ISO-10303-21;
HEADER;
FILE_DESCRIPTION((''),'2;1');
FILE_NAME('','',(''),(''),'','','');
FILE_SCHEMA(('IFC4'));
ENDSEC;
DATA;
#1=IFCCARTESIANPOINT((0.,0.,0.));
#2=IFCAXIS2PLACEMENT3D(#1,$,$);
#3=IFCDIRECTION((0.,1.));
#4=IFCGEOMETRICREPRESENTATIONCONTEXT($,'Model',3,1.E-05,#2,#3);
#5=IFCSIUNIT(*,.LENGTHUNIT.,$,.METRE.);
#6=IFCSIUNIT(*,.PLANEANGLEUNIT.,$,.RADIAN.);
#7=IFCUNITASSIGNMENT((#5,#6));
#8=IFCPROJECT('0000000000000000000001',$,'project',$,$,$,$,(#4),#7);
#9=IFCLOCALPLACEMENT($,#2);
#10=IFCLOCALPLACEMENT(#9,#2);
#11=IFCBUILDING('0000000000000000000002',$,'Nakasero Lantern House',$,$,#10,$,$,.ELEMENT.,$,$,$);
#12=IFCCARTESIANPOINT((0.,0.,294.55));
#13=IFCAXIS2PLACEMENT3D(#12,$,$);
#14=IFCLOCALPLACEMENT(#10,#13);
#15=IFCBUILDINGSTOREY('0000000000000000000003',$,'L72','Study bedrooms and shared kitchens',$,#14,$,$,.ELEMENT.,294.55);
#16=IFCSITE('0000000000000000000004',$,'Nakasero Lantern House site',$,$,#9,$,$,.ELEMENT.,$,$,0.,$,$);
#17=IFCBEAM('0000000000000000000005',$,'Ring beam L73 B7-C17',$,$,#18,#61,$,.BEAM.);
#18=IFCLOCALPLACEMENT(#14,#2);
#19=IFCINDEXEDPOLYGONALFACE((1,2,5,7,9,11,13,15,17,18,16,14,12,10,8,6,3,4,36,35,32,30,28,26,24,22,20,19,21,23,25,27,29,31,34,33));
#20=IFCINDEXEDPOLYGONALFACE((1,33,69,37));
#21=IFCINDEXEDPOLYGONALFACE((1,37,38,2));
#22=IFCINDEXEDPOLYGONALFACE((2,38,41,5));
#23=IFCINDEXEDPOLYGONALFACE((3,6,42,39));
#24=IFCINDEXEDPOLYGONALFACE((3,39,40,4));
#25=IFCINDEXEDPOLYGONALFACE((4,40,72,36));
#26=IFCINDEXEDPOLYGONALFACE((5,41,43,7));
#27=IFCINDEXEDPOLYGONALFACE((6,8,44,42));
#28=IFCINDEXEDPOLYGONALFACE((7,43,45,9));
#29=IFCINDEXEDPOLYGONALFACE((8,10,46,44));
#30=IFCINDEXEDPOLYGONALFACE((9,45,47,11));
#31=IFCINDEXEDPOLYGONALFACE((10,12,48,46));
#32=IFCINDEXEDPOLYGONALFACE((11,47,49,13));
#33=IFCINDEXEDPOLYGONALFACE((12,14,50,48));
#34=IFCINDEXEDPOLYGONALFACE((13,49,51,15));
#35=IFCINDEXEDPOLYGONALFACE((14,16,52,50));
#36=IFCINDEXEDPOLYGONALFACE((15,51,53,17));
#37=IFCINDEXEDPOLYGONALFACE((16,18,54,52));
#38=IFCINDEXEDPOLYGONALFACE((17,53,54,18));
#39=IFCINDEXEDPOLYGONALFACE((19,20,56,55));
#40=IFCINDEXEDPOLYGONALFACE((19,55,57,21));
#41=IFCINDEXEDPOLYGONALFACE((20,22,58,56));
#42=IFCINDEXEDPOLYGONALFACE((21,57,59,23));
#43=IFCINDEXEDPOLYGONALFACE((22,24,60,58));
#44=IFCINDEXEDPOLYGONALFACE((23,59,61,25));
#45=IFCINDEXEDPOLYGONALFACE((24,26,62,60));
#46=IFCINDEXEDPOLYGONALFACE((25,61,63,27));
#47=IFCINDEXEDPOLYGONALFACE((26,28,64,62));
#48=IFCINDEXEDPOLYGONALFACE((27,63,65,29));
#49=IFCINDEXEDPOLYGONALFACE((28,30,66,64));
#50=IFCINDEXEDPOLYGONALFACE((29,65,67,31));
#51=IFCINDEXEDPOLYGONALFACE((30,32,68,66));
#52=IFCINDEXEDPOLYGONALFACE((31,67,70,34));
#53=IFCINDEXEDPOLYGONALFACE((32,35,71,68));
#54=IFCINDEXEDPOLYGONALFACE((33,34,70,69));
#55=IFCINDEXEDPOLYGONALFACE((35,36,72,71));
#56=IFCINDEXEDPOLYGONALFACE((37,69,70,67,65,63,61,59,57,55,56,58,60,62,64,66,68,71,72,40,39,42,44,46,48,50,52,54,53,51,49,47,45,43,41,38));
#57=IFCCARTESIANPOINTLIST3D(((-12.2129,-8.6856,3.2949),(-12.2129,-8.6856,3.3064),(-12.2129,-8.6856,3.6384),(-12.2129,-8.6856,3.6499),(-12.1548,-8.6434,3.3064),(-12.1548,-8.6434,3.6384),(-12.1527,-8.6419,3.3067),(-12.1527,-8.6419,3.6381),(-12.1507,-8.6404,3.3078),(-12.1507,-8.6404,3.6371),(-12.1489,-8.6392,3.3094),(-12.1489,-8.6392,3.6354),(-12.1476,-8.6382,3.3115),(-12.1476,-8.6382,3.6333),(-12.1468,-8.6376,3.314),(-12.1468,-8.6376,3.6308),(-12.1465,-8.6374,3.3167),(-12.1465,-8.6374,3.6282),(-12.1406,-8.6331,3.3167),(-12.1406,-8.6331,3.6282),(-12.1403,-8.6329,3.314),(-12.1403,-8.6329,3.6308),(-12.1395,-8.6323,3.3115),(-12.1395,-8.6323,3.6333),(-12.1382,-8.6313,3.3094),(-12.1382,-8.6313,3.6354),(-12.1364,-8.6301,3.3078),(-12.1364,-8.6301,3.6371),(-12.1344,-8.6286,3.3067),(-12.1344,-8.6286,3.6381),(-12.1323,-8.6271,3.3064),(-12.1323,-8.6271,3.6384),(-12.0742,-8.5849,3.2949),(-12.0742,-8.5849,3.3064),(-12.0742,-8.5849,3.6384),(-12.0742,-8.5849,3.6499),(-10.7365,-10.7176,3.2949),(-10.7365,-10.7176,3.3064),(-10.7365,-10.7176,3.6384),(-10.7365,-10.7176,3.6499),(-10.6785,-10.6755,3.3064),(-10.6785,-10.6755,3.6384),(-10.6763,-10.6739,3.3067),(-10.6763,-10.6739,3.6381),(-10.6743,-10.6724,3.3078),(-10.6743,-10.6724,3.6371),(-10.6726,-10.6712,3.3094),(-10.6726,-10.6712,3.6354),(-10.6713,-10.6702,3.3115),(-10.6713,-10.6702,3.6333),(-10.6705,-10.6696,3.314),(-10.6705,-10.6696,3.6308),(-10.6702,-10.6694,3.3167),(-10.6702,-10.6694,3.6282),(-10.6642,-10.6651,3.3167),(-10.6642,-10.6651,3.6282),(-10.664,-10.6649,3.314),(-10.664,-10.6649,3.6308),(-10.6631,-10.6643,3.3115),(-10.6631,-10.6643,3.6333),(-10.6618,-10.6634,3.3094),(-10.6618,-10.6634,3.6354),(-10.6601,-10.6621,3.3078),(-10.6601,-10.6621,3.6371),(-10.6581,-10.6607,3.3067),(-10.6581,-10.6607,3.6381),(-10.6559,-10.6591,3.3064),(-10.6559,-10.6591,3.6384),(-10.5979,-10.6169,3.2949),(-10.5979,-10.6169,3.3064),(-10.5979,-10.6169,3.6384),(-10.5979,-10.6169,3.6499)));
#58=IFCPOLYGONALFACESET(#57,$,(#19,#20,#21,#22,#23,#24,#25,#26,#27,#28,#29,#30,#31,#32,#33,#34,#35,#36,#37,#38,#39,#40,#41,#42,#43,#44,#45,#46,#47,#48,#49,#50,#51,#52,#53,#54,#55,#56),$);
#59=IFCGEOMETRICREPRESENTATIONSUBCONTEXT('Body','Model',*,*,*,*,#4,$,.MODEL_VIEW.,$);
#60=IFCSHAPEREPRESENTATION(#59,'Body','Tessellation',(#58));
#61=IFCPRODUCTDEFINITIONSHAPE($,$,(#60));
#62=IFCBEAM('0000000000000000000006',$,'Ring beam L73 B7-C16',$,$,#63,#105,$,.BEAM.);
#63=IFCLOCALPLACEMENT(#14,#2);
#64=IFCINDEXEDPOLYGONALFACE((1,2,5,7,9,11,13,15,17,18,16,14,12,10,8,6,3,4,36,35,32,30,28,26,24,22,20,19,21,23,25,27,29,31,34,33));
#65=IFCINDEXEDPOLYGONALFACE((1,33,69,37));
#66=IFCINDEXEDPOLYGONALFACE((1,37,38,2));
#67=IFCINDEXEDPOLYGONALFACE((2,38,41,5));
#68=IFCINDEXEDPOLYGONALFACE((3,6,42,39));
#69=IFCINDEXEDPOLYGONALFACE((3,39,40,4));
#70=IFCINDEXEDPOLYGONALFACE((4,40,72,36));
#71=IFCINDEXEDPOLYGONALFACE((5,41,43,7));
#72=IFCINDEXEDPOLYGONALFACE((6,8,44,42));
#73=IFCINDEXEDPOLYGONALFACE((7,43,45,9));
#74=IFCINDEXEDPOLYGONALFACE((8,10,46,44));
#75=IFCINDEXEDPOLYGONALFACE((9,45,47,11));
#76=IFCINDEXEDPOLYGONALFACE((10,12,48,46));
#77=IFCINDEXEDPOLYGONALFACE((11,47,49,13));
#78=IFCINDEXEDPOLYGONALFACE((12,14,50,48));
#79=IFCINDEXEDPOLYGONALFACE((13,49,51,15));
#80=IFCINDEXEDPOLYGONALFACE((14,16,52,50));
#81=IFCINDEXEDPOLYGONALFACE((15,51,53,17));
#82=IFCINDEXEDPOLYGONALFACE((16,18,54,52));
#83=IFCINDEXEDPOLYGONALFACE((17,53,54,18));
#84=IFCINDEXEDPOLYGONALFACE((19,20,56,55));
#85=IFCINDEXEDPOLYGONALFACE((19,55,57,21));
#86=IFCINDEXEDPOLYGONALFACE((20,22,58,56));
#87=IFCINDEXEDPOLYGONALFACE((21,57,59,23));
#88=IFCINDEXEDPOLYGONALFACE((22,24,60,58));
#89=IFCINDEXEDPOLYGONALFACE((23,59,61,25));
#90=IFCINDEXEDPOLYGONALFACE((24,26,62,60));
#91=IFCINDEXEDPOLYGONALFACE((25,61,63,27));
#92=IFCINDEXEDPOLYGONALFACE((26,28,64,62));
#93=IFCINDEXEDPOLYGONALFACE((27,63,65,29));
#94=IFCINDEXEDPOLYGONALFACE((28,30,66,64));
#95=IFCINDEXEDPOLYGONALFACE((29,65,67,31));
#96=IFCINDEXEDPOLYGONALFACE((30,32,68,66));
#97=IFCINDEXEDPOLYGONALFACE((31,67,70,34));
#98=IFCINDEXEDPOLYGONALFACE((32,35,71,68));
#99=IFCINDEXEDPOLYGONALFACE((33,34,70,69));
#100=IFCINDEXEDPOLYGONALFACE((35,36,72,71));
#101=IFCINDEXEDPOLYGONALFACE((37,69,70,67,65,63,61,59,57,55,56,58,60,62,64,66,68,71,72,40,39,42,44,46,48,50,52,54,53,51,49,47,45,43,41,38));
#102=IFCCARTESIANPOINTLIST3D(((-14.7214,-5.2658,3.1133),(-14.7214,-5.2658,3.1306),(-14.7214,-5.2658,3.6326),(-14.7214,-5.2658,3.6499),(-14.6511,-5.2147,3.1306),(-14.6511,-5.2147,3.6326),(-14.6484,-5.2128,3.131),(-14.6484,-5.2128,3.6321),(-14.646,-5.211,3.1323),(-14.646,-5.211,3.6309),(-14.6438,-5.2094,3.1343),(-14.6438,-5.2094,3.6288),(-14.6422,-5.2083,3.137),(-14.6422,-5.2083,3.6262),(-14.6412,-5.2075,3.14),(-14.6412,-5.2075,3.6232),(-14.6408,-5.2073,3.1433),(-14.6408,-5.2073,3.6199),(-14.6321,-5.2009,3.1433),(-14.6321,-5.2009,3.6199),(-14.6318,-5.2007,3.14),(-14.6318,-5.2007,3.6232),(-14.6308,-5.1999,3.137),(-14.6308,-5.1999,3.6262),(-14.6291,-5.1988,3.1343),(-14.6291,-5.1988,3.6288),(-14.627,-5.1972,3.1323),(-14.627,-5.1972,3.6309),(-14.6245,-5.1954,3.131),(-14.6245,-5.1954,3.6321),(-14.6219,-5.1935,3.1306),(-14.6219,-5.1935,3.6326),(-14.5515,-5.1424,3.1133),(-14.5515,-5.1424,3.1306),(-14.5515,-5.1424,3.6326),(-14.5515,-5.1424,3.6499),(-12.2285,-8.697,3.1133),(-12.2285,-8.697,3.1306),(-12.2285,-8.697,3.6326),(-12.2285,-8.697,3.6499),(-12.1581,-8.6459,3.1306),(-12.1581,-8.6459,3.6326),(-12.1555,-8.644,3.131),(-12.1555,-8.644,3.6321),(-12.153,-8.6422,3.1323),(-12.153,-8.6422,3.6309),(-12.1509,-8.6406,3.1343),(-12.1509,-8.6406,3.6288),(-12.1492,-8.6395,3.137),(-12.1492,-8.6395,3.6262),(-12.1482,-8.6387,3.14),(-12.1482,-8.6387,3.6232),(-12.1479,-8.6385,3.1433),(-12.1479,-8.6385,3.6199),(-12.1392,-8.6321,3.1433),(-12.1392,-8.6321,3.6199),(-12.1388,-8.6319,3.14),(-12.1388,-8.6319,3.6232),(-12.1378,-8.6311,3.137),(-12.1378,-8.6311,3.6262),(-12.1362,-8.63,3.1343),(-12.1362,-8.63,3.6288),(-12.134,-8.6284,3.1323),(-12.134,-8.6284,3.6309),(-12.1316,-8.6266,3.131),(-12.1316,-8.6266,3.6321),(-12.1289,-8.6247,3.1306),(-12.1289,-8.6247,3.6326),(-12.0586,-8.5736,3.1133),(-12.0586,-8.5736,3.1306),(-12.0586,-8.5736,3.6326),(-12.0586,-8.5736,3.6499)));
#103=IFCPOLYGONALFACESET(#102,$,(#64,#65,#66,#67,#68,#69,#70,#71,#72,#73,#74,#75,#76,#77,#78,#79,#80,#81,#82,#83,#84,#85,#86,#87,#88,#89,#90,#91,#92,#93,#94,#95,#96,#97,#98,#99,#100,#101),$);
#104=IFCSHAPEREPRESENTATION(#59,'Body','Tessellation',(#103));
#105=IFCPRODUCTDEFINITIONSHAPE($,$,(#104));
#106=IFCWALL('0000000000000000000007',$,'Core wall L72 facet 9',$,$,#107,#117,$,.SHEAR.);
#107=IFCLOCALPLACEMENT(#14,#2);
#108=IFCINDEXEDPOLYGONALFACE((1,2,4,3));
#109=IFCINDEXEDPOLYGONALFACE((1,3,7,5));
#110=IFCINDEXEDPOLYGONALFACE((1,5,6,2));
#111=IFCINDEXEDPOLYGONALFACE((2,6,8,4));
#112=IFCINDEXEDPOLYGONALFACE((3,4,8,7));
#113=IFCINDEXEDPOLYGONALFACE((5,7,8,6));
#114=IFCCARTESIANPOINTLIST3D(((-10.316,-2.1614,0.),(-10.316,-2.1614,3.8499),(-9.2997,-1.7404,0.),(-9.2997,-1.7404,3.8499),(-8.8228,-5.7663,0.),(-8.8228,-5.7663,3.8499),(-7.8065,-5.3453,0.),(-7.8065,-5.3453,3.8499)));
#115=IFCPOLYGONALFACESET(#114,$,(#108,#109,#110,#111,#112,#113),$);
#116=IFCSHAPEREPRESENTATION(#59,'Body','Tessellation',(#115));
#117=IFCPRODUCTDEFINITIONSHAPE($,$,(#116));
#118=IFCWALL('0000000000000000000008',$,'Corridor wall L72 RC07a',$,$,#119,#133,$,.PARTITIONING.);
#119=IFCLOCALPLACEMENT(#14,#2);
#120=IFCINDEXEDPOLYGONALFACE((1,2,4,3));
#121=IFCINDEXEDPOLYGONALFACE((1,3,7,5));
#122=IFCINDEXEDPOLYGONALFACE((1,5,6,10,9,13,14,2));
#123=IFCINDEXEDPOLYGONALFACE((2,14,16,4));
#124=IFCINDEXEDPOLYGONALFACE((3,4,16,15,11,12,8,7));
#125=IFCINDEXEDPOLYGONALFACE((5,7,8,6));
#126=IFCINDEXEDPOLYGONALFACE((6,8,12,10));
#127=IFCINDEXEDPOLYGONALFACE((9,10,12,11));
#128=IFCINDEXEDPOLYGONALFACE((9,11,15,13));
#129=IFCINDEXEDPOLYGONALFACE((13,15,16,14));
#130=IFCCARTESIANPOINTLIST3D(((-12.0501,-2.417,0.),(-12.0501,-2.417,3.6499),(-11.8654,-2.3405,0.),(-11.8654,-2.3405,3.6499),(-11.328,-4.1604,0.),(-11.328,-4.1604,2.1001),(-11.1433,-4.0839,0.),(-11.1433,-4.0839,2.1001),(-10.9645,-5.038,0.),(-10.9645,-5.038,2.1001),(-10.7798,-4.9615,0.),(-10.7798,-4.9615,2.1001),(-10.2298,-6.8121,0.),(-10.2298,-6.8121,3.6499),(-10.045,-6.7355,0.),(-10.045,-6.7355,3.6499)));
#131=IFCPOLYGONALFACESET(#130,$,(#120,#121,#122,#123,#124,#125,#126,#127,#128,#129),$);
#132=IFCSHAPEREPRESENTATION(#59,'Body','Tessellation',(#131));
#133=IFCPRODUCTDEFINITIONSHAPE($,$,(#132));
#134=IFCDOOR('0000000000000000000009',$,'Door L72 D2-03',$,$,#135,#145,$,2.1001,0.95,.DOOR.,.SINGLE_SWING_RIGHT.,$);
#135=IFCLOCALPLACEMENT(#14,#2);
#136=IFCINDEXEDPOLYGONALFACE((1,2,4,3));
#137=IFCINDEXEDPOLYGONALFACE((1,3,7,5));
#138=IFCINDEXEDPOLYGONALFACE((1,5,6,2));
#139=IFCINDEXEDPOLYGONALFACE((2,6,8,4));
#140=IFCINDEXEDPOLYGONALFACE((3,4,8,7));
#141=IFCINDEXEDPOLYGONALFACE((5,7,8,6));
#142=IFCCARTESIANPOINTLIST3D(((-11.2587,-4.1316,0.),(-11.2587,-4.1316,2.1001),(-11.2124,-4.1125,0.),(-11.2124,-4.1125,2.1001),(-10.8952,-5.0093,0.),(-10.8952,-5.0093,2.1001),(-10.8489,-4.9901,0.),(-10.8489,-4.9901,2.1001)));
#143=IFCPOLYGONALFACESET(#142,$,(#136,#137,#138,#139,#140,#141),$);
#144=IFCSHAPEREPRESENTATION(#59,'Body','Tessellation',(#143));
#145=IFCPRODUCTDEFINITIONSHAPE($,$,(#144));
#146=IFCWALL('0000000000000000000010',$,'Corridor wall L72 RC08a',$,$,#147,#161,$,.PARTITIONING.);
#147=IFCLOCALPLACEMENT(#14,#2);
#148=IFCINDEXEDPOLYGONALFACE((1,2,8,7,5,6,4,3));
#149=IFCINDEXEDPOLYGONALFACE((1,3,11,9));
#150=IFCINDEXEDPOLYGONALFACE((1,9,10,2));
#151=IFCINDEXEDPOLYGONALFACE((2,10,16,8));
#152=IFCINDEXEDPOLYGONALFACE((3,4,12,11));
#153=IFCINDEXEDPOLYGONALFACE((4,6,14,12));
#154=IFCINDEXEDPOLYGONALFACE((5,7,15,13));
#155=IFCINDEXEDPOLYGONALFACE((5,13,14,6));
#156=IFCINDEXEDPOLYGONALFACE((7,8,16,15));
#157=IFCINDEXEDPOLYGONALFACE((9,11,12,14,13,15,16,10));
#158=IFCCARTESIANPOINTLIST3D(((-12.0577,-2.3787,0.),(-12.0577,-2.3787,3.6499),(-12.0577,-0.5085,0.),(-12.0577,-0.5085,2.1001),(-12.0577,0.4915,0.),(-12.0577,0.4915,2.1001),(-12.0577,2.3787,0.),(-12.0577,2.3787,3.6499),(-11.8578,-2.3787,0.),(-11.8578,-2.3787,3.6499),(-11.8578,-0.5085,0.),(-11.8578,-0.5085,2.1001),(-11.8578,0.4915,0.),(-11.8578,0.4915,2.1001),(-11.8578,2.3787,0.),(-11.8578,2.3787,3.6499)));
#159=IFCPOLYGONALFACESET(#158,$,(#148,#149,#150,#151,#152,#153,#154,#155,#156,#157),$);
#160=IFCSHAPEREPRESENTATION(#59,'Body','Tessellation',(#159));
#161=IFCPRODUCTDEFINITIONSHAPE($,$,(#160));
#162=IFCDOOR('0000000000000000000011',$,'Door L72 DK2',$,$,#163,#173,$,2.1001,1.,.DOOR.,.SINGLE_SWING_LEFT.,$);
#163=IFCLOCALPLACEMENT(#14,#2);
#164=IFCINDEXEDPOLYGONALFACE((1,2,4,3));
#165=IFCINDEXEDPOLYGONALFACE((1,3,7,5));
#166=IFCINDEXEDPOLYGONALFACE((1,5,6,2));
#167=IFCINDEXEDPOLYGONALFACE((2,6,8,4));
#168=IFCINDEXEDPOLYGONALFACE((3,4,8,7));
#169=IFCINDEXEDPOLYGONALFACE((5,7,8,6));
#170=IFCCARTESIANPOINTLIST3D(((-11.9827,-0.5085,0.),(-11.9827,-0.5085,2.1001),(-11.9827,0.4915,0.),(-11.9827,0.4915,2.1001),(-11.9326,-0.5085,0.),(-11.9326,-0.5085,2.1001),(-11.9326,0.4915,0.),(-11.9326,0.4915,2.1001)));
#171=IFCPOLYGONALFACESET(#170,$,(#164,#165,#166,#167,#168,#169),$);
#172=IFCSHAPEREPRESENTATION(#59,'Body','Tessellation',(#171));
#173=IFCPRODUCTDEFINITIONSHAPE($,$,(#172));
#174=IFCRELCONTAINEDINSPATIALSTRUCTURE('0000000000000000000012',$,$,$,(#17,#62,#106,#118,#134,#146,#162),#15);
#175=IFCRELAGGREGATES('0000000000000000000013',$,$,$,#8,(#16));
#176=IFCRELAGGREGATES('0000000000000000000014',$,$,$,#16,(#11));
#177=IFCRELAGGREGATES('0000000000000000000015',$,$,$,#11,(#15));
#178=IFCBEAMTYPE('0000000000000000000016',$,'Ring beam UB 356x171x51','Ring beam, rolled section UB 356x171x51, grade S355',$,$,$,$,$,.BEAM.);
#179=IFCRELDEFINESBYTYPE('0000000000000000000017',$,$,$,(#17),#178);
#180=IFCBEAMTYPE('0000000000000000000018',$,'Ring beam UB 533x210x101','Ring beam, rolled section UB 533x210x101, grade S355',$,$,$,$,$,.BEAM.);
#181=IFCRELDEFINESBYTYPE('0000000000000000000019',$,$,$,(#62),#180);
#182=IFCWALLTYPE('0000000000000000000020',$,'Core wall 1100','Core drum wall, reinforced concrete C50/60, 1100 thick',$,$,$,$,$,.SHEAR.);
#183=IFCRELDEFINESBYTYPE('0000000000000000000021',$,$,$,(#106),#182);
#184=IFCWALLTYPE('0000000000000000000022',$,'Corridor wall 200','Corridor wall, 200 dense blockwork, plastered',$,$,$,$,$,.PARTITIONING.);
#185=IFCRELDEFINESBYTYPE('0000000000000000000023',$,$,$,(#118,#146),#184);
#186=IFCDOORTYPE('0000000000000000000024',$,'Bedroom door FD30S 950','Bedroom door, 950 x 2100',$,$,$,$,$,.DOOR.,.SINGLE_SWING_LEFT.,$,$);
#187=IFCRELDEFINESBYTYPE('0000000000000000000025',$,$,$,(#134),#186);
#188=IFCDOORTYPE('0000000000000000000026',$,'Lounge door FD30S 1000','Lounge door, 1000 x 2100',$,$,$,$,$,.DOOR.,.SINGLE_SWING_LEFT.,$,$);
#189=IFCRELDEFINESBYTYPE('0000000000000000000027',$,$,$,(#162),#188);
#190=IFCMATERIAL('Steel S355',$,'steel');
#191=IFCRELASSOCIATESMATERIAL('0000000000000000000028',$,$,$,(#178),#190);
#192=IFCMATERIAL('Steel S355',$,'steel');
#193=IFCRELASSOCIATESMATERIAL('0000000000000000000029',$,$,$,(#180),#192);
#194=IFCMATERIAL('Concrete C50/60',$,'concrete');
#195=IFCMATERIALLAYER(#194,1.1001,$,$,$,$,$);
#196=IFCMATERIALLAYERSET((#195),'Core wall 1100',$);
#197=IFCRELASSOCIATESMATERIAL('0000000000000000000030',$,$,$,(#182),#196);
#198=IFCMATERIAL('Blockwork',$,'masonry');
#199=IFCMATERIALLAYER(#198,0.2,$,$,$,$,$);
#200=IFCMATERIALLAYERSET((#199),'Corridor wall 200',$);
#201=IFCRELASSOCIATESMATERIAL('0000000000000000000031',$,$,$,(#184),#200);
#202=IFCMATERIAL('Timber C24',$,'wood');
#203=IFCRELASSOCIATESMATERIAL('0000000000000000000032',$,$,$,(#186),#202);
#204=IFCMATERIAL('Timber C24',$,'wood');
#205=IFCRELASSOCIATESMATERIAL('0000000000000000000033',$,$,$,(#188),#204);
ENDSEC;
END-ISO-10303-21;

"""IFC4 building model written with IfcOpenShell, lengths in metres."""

from ifc_helpers import new_model, si_unit, direction, frame, frame_2d, origin, origin_2d, place, context, subcontext, project, spatial, rectangle, i_section, extrude, material, layer, layer_set, material_profile, profile_set, type_object, element, fill, save


model = new_model("IFC4")

# Units and contexts
model_context = context("Model", 3, precision=1e-05, world=origin(), true_north=direction((0.0, 1.0)))
body_context = subcontext(model_context, "Body", "Model", "MODEL_VIEW")
ifc_project = project(units=[si_unit("LENGTHUNIT", "METRE"), si_unit("PLANEANGLEUNIT", "RADIAN")], contexts=[model_context])

# Site, building, storey
site_placement = place(None, origin())
site = spatial("IfcSite", under=ifc_project, at=site_placement, Name="Nakasero Lantern House site", CompositionType="ELEMENT", RefElevation=0.0)
building_placement = place(site_placement, origin())
building = spatial("IfcBuilding", under=site, at=building_placement, Name="Nakasero Lantern House", CompositionType="ELEMENT")
storey_placement = place(building_placement, frame((0.0, 0.0, 294.55)))
storey = spatial("IfcBuildingStorey", under=building, at=storey_placement, Name="L72", Description="Study bedrooms and shared kitchens", CompositionType="ELEMENT", Elevation=294.55)

# Beams
ifc_material_1 = material(Name="Steel S355", Category="steel")
ifc_material_profile_1 = material_profile(ifc_material_1, i_section(OverallWidth=0.1714, OverallDepth=0.355, WebThickness=0.0073, FlangeThickness=0.0115, FilletRadius=0.0103, at=origin_2d()), Name="UB 356x171x51")
ifc_profile_set_1 = profile_set([ifc_material_profile_1], Name="Steel S355")
beam_type_1 = type_object("IfcBeamType", Name="Ring beam UB 356x171x51", Description="Ring beam, rolled section UB 356x171x51, grade S355", PredefinedType="BEAM", material=ifc_profile_set_1)
beam_1_placement = place(storey_placement, frame((-12.1436, -8.6353, 3.4724), z_axis=(0.587784, -0.809018, 0.0), x_axis=(0.809018, 0.587784, 0.0)))
element("IfcBeam", 1, at=beam_1_placement, inside=storey, type_object=beam_type_1, Name="Ring beam L73 B7-C17", PredefinedType="BEAM", context=body_context, shape_type="SweptSolid", body=[
    extrude(i_section(OverallWidth=0.1714, OverallDepth=0.355, WebThickness=0.0073, FlangeThickness=0.0115, FilletRadius=0.0103, at=origin_2d()), origin(), (0.0, 0.0, 1.0), 2.5117),
])
ifc_material_2 = material(Name="Steel S355", Category="steel")
ifc_material_profile_2 = material_profile(ifc_material_2, i_section(OverallWidth=0.21, OverallDepth=0.5366, WebThickness=0.0107, FlangeThickness=0.0173, FilletRadius=0.0127, at=origin_2d()), Name="UB 533x210x101")
ifc_profile_set_2 = profile_set([ifc_material_profile_2], Name="Steel S355")
beam_type_2 = type_object("IfcBeamType", Name="Ring beam UB 533x210x101", Description="Ring beam, rolled section UB 533x210x101, grade S355", PredefinedType="BEAM", material=ifc_profile_set_2)
beam_2_placement = place(storey_placement, frame((-14.6365, -5.2041, 3.3816), z_axis=(0.587792, -0.809012, 0.0), x_axis=(0.809012, 0.587792, 0.0)))
element("IfcBeam", 2, at=beam_2_placement, inside=storey, type_object=beam_type_2, Name="Ring beam L73 B7-C16", PredefinedType="BEAM", context=body_context, shape_type="SweptSolid", body=[
    extrude(i_section(OverallWidth=0.21, OverallDepth=0.5366, WebThickness=0.0107, FlangeThickness=0.0173, FilletRadius=0.0127, at=origin_2d()), origin(), (0.0, 0.0, 1.0), 4.2412),
])

# Wall
ifc_material_3 = material(Name="Concrete C50/60", Category="concrete")
ifc_layer_1 = layer(ifc_material_3, 1.1001)
ifc_layer_set_1 = layer_set([ifc_layer_1], Name="Core wall 1100")
wall_type_1 = type_object("IfcWallType", Name="Core wall 1100", Description="Core drum wall, reinforced concrete C50/60, 1100 thick", PredefinedType="SHEAR", material=ifc_layer_set_1)
wall_1_placement = place(storey_placement, frame((-9.8079, -1.9509, 0.0), z_axis=(0.0, 0.0, 1.0), x_axis=(0.382691, -0.923877, 0.0)))
element("IfcWall", 3, at=wall_1_placement, inside=storey, type_object=wall_type_1, Name="Core wall L72 facet 9", PredefinedType="SHEAR", context=body_context, shape_type="SweptSolid", body=[
    extrude(rectangle(XDim=3.9019, YDim=1.1001, at=frame_2d((1.9509, 0.0))), origin(), (0.0, 0.0, 1.0), 3.8499),
])

# Walls, openings, doors
ifc_material_4 = material(Name="Blockwork", Category="masonry")
ifc_layer_2 = layer(ifc_material_4, 0.2)
ifc_layer_set_2 = layer_set([ifc_layer_2], Name="Corridor wall 200")
wall_type_2 = type_object("IfcWallType", Name="Corridor wall 200", Description="Corridor wall, 200 dense blockwork, plastered", PredefinedType="PARTITIONING", material=ifc_layer_set_2)
wall_2_placement = place(storey_placement, frame((-10.1375, -6.7737, 0.0), z_axis=(0.0, 0.0, 1.0), x_axis=(-0.382654, 0.923892, 0.0)))
wall_2 = element("IfcWall", 4, at=wall_2_placement, inside=storey, type_object=wall_type_2, Name="Corridor wall L72 RC07a", PredefinedType="PARTITIONING", context=body_context, shape_type="SweptSolid", body=[
    extrude(rectangle(XDim=4.7571, YDim=0.2, at=frame_2d((2.3784, 0.0))), origin(), (0.0, 0.0, 1.0), 3.6499),
])
opening_1_placement = place(wall_2_placement, frame((1.9199, 0.0, 0.0)))
opening_1 = element("IfcOpeningElement", 5, at=opening_1_placement, cuts=wall_2, PredefinedType="OPENING", context=body_context, shape_type="SweptSolid", body=[
    extrude(rectangle(XDim=0.95, YDim=2.1001, at=frame_2d((0.4751, 1.05))), frame((0.0, 0.1199, 0.0), z_axis=(0.0, -1.0, 0.0), x_axis=(1.0, 0.0, 0.0)), (0.0, 0.0, 1.0), 0.24),
])
ifc_material_5 = material(Name="Timber C24", Category="wood")
door_type_1 = type_object("IfcDoorType", Name="Bedroom door FD30S 950", Description="Bedroom door, 950 x 2100", OperationType="SINGLE_SWING_LEFT", PredefinedType="DOOR", material=ifc_material_5)
door_1_placement = place(opening_1_placement, origin())
door_1 = element("IfcDoor", 6, at=door_1_placement, inside=storey, type_object=door_type_1, Name="Door L72 D2-03", OperationType="SINGLE_SWING_RIGHT", OverallHeight=2.1001, OverallWidth=0.95, PredefinedType="DOOR", context=body_context, shape_type="SweptSolid", body=[
    extrude(rectangle(XDim=0.95, YDim=2.1001, at=frame_2d((0.4751, 1.05))), frame((0.0, 0.0249, 0.0), z_axis=(0.0, -1.0, 0.0), x_axis=(1.0, 0.0, 0.0)), (0.0, 0.0, 1.0), 0.05),
])
fill(opening_1, door_1)
wall_3_placement = place(storey_placement, frame((-11.9578, -2.3787, 0.0), z_axis=(0.0, 0.0, 1.0), x_axis=(0.0, 1.0, 0.0)))
wall_3 = element("IfcWall", 7, at=wall_3_placement, inside=storey, type_object=wall_type_2, Name="Corridor wall L72 RC08a", PredefinedType="PARTITIONING", context=body_context, shape_type="SweptSolid", body=[
    extrude(rectangle(XDim=4.7573, YDim=0.2, at=frame_2d((2.3787, 0.0))), origin(), (0.0, 0.0, 1.0), 3.6499),
])
opening_2_placement = place(wall_3_placement, frame((1.8701, 0.0, 0.0)))
opening_2 = element("IfcOpeningElement", 8, at=opening_2_placement, cuts=wall_3, PredefinedType="OPENING", context=body_context, shape_type="SweptSolid", body=[
    extrude(rectangle(XDim=1.0, YDim=2.1001, at=frame_2d((0.5, 1.05))), frame((0.0, 0.1199, 0.0), z_axis=(0.0, -1.0, 0.0), x_axis=(1.0, 0.0, 0.0)), (0.0, 0.0, 1.0), 0.24),
])
ifc_material_6 = material(Name="Timber C24", Category="wood")
door_type_2 = type_object("IfcDoorType", Name="Lounge door FD30S 1000", Description="Lounge door, 1000 x 2100", OperationType="SINGLE_SWING_LEFT", PredefinedType="DOOR", material=ifc_material_6)
door_2_placement = place(opening_2_placement, origin())
door_2 = element("IfcDoor", 9, at=door_2_placement, inside=storey, type_object=door_type_2, Name="Door L72 DK2", OperationType="SINGLE_SWING_LEFT", OverallHeight=2.1001, OverallWidth=1.0, PredefinedType="DOOR", context=body_context, shape_type="SweptSolid", body=[
    extrude(rectangle(XDim=1.0, YDim=2.1001, at=frame_2d((0.5, 1.05))), frame((0.0, 0.0249, 0.0), z_axis=(0.0, -1.0, 0.0), x_axis=(1.0, 0.0, 0.0)), (0.0, 0.0, 1.0), 0.05),
])
fill(opening_2, door_2)

save(model, "model.ifc")
